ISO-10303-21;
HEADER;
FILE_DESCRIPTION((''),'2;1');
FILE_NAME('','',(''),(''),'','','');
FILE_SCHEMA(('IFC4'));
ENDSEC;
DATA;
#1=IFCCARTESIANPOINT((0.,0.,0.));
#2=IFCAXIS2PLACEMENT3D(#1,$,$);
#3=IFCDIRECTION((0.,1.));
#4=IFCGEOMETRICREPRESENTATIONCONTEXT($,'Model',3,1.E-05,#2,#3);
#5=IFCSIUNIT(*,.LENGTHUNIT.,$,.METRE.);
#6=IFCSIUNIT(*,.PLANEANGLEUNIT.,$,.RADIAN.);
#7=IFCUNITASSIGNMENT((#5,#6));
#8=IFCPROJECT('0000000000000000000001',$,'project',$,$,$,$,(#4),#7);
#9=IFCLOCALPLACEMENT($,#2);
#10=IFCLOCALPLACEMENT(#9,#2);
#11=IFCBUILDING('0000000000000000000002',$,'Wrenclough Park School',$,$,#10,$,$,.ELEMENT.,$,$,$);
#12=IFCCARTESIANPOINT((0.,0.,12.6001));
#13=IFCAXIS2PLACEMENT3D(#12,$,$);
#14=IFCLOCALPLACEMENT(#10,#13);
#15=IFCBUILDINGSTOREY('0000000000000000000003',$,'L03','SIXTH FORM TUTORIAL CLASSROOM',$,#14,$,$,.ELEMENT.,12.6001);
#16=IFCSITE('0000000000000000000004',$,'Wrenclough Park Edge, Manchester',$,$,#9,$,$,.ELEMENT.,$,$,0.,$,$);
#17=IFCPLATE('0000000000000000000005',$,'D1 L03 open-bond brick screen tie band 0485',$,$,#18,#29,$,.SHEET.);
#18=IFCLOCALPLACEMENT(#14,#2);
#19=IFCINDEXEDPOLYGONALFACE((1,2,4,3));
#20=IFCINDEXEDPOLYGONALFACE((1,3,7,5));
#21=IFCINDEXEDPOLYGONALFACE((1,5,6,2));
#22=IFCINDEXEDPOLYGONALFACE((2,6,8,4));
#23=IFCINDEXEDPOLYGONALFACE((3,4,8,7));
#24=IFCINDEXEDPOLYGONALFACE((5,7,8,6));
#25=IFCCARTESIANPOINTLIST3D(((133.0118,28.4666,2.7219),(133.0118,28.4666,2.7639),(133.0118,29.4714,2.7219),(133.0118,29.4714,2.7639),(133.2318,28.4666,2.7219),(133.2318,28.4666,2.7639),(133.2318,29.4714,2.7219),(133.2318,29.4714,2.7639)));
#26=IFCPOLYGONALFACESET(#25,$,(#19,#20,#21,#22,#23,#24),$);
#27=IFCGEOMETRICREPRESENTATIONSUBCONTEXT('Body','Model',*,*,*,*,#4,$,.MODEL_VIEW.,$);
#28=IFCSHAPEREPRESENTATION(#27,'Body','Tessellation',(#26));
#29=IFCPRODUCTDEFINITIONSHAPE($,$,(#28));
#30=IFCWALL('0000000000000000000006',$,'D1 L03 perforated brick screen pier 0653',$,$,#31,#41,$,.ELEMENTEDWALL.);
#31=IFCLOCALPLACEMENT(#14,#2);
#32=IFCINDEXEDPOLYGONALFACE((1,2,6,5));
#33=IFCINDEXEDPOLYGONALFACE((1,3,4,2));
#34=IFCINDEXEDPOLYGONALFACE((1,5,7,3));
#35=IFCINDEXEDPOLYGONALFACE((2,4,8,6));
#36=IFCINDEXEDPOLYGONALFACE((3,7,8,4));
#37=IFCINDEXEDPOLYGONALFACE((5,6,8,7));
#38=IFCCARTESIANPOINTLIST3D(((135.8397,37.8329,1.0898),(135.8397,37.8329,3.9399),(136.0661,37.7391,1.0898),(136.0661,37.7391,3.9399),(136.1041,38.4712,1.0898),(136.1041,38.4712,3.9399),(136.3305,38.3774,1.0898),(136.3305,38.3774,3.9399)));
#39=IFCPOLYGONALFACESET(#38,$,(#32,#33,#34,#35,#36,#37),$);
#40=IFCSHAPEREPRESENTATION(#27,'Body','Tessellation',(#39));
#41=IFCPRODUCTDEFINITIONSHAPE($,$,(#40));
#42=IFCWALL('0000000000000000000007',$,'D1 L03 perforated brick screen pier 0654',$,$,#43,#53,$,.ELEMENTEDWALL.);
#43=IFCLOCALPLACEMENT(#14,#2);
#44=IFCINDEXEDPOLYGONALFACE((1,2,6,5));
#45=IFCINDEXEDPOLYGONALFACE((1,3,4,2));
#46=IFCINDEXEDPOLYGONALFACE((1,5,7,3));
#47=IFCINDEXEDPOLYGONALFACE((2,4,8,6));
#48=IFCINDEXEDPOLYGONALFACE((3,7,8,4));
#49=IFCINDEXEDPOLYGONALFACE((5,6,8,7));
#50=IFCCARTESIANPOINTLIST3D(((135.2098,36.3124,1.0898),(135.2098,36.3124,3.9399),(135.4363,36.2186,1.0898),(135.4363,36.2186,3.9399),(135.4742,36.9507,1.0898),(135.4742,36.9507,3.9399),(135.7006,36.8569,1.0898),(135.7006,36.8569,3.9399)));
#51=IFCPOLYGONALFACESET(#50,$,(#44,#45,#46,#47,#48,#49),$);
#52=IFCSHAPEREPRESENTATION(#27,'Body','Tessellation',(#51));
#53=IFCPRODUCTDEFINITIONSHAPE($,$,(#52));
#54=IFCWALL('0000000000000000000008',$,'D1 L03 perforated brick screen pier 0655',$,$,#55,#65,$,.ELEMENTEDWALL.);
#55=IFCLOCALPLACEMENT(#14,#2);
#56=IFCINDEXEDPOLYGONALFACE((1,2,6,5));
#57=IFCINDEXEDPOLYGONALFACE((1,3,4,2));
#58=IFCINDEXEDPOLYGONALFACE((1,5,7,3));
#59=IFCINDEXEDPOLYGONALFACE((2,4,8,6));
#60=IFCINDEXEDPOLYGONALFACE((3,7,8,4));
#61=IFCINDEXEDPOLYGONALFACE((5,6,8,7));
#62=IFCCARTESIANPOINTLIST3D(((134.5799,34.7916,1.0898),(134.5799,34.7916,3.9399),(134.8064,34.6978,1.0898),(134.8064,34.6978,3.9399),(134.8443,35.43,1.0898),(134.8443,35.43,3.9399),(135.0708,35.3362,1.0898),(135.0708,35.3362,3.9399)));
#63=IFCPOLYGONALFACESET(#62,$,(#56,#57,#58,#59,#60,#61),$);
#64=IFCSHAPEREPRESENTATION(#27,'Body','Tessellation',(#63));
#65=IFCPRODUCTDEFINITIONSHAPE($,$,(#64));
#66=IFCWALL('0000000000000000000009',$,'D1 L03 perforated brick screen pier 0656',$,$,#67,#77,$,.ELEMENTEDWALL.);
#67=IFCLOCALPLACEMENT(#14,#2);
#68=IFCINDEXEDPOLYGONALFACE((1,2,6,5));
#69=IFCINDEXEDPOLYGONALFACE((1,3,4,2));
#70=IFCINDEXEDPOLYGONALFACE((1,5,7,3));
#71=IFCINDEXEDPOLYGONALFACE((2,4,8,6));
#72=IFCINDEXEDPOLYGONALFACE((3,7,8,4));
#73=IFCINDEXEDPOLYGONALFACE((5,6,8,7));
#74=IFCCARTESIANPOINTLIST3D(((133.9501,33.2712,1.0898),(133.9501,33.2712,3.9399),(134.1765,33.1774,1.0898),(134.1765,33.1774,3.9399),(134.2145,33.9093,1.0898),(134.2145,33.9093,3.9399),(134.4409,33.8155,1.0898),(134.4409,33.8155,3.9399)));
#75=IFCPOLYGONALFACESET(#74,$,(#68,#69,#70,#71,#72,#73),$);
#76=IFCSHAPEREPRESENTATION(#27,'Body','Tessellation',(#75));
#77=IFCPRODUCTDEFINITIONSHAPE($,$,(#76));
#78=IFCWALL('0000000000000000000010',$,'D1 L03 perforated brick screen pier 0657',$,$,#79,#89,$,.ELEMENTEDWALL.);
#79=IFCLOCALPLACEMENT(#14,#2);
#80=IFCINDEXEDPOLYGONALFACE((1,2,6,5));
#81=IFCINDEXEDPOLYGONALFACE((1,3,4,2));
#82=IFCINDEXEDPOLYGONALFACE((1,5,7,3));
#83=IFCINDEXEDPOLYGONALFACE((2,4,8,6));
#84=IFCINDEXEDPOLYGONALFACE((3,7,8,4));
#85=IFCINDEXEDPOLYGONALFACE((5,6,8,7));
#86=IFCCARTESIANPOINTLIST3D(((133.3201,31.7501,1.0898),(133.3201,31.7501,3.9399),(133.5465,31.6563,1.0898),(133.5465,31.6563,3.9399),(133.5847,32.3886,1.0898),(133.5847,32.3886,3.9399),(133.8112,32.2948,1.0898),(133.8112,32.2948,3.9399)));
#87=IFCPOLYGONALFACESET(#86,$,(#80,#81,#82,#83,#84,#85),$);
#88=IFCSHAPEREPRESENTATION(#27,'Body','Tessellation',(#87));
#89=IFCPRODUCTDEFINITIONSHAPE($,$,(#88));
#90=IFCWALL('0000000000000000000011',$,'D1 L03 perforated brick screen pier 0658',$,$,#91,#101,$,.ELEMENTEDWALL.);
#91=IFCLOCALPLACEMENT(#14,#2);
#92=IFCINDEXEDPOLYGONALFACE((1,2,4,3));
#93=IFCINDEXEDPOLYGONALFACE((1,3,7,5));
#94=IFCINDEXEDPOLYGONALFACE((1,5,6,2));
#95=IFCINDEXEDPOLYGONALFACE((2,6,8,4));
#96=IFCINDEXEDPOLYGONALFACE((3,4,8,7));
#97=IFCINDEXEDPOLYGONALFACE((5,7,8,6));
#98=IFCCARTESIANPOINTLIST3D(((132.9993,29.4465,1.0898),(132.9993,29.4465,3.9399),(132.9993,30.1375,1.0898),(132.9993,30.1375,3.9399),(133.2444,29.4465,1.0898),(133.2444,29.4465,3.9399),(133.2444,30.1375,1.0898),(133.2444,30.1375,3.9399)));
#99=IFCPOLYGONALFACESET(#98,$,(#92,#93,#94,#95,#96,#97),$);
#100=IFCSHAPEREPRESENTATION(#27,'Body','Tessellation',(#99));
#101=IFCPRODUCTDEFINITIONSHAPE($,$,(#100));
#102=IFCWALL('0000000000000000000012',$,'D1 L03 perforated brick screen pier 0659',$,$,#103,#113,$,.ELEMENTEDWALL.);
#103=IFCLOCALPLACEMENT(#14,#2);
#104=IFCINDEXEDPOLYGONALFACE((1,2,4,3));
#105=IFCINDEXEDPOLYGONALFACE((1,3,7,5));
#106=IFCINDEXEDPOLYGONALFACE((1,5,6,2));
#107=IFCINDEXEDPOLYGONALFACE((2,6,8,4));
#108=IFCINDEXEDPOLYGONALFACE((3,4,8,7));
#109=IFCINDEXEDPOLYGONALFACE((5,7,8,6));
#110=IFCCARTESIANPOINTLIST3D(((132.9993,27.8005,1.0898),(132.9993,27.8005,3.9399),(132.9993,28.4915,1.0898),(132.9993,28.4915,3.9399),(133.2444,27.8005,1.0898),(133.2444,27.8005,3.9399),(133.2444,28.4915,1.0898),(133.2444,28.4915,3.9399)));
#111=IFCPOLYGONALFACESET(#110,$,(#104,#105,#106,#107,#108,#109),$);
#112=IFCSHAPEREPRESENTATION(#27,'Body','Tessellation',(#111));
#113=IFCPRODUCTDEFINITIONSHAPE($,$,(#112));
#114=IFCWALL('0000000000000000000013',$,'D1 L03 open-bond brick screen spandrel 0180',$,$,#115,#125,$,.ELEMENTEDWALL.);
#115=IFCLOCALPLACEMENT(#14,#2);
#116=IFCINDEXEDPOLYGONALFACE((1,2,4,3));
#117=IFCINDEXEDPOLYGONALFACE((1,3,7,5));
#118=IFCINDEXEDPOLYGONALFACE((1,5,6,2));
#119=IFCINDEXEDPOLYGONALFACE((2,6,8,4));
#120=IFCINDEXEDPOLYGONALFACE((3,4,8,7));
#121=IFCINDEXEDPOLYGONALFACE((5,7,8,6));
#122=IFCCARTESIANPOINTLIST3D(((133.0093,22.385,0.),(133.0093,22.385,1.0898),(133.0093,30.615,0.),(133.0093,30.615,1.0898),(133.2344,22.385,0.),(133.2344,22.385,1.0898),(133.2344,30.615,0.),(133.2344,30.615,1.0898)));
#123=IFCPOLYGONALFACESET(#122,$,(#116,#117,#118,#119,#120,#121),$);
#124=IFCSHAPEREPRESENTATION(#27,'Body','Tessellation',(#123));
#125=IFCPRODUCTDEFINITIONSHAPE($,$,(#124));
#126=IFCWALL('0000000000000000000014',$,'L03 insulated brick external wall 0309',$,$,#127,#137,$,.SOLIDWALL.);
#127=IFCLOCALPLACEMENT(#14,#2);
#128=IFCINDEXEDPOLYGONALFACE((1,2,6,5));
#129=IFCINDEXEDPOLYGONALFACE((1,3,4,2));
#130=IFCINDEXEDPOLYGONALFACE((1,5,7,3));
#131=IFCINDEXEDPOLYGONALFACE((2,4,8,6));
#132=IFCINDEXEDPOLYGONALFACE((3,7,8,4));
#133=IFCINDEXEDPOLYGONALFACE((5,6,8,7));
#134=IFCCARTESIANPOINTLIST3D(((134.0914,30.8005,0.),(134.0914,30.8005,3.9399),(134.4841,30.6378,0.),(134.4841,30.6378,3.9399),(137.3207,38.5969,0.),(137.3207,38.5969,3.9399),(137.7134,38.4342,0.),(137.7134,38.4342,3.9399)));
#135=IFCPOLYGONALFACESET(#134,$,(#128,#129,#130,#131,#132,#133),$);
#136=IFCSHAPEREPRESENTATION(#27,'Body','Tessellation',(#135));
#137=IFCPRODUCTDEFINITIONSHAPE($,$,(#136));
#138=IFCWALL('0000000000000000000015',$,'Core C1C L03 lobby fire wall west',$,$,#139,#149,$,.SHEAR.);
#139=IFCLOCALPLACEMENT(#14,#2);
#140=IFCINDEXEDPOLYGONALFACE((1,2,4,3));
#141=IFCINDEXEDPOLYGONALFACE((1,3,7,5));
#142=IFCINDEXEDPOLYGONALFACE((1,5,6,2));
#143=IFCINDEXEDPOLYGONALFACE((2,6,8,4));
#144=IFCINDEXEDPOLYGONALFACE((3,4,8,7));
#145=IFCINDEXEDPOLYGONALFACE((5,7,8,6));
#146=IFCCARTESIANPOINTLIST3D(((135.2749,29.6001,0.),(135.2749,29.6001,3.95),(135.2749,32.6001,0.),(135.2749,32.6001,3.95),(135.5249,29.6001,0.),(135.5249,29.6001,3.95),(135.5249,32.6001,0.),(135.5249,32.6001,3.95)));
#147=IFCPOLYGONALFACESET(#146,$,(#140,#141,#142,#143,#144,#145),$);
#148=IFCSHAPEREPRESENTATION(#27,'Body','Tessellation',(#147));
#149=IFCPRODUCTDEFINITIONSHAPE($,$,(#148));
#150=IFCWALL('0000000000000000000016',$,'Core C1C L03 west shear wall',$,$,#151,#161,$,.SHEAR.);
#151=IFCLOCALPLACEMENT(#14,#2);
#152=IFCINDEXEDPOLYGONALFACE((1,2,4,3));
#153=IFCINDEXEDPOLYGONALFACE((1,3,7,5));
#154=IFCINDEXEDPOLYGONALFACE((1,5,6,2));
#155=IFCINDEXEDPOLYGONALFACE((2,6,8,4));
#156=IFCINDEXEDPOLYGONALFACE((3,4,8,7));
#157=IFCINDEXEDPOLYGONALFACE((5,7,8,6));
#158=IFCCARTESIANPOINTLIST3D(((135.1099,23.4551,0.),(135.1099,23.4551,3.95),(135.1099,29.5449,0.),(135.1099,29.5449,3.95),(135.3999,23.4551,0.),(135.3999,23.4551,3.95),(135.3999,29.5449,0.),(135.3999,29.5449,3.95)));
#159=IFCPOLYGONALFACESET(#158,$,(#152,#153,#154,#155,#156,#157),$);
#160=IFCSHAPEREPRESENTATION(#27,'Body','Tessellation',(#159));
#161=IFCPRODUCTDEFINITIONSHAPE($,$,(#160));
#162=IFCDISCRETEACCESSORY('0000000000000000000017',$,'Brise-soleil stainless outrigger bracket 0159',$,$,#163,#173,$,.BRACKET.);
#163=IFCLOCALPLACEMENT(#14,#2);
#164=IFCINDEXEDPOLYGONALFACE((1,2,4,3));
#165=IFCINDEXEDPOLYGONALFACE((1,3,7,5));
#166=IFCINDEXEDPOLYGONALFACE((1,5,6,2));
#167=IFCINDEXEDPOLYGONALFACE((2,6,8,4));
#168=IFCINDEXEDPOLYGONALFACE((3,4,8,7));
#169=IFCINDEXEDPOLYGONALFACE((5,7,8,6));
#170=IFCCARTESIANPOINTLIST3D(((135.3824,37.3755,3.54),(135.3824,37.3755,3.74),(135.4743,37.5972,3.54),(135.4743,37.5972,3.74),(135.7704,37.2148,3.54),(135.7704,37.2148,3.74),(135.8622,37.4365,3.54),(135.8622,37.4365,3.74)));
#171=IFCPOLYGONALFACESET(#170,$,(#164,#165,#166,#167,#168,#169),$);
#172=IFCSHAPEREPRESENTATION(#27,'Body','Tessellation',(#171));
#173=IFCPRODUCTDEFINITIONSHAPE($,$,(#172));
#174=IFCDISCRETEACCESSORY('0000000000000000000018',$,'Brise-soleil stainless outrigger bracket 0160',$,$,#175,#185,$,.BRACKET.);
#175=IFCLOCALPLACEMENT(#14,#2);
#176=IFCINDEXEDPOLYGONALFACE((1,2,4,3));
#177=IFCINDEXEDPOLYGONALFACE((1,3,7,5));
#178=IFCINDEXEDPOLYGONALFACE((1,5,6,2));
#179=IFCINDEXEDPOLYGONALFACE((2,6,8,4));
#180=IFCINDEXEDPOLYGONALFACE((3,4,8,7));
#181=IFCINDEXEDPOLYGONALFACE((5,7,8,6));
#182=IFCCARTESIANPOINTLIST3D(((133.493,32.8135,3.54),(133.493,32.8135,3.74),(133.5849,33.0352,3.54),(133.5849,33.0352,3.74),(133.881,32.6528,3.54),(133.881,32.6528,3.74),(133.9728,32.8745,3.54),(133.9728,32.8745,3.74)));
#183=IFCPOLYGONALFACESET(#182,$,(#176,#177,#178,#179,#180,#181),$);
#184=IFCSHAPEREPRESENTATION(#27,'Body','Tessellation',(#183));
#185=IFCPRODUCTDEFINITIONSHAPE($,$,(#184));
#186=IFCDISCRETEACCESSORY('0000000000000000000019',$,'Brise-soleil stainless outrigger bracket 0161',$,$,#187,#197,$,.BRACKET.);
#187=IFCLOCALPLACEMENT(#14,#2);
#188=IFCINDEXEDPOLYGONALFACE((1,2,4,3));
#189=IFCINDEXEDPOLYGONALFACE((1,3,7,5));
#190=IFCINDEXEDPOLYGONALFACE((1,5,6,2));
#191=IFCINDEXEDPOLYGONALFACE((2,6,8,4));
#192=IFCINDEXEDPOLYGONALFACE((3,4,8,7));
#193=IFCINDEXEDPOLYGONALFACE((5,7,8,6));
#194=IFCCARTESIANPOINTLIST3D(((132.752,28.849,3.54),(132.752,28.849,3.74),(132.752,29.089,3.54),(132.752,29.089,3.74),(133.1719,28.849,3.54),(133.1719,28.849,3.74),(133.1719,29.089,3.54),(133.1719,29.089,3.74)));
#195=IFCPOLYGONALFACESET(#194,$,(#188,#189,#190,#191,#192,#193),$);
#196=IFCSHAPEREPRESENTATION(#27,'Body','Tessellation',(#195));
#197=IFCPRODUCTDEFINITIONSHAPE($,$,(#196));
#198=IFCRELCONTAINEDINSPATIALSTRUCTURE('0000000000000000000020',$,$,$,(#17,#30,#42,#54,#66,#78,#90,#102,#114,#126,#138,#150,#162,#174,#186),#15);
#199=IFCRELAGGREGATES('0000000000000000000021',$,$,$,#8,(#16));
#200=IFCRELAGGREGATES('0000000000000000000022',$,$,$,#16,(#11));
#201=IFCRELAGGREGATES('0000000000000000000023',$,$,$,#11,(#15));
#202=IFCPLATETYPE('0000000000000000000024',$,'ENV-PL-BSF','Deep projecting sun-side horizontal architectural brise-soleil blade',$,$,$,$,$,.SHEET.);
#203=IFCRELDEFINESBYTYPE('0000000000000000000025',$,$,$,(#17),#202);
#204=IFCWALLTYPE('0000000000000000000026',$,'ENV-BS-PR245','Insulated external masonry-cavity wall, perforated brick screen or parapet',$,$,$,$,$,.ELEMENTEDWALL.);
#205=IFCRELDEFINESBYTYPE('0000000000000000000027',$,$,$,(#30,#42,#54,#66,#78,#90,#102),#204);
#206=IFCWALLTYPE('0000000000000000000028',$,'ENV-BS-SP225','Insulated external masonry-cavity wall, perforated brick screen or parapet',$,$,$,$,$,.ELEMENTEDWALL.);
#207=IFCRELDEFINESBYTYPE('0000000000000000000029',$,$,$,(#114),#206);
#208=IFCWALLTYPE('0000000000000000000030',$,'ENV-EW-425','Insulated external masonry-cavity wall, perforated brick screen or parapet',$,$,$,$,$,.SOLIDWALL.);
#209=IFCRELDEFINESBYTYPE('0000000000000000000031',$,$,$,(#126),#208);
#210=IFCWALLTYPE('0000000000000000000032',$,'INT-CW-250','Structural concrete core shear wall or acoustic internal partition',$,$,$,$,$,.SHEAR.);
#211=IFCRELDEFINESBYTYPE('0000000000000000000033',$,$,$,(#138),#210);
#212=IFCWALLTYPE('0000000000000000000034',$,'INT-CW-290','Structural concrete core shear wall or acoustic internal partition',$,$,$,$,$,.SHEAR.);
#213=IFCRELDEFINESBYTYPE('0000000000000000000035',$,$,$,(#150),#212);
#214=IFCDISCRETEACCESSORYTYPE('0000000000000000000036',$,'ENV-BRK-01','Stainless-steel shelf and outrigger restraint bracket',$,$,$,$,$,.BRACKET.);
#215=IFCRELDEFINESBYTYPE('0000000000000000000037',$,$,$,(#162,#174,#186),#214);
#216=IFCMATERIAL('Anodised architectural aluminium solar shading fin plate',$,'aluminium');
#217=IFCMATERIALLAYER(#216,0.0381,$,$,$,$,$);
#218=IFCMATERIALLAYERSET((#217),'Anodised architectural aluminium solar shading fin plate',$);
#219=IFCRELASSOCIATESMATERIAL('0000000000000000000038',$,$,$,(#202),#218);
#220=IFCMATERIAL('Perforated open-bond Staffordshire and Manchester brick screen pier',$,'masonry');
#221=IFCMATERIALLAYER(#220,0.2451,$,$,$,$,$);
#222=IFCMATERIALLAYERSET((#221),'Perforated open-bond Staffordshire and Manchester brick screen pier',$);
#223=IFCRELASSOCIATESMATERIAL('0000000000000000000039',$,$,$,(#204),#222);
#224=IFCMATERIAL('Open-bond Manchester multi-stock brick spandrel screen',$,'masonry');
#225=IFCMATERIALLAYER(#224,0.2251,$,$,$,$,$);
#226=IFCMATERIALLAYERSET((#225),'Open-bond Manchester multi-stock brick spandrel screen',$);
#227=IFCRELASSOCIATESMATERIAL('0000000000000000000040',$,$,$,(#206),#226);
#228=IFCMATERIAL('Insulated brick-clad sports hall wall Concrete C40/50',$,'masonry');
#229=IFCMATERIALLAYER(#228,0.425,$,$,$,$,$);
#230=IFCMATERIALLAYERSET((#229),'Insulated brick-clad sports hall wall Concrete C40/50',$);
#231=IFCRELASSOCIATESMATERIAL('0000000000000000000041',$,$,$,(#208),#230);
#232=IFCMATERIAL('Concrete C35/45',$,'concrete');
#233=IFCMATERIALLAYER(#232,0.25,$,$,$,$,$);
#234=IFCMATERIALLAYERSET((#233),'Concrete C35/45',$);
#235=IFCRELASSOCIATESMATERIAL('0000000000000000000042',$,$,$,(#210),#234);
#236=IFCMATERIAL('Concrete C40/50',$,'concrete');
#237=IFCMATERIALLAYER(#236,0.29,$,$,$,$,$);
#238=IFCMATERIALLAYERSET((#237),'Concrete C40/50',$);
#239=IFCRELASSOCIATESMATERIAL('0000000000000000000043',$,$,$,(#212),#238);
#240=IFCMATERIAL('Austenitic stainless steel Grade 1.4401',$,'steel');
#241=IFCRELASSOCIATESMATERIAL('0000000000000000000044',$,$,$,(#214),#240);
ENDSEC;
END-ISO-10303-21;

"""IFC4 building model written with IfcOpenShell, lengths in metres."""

from ifc_helpers import new_model, si_unit, direction, frame, frame_2d, origin, origin_2d, place, context, subcontext, project, spatial, rectangle, extrude, material, layer, layer_set, type_object, element, save


model = new_model("IFC4")

# Units and contexts
model_context = context("Model", 3, precision=1e-05, world=origin(), true_north=direction((0.0, 1.0)))
body_context = subcontext(model_context, "Body", "Model", "MODEL_VIEW")
ifc_project = project(units=[si_unit("LENGTHUNIT", "METRE"), si_unit("PLANEANGLEUNIT", "RADIAN")], contexts=[model_context])

# Site, building, storey
site_placement = place(None, origin())
site = spatial("IfcSite", under=ifc_project, at=site_placement, Name="Wrenclough Park Edge, Manchester", CompositionType="ELEMENT", RefElevation=0.0)
building_placement = place(site_placement, origin())
building = spatial("IfcBuilding", under=site, at=building_placement, Name="Wrenclough Park School", CompositionType="ELEMENT")
storey_placement = place(building_placement, frame((0.0, 0.0, 12.6001)))
storey = spatial("IfcBuildingStorey", under=building, at=storey_placement, Name="L03", Description="SIXTH FORM TUTORIAL CLASSROOM", CompositionType="ELEMENT", Elevation=12.6001)

# Shared definitions
ifc_material_1 = material(Name="Concrete C40/50", Category="concrete")

# Plate
ifc_material_2 = material(Name="Anodised architectural aluminium solar shading fin plate", Category="aluminium")
ifc_layer_1 = layer(ifc_material_2, 0.0381)
ifc_layer_set_1 = layer_set([ifc_layer_1], Name="Anodised architectural aluminium solar shading fin plate")
plate_type = type_object("IfcPlateType", Name="ENV-PL-BSF", Description="Deep projecting sun-side horizontal architectural brise-soleil blade", PredefinedType="SHEET", material=ifc_layer_set_1)
plate_1_placement = place(storey_placement, frame((133.1218, 28.969, 2.7219), z_axis=(0.0, 0.0, 1.0), x_axis=(0.0, -1.0, 0.0)))
element("IfcPlate", 1, at=plate_1_placement, inside=storey, type_object=plate_type, Name="D1 L03 open-bond brick screen tie band 0485", PredefinedType="SHEET", context=body_context, shape_type="SweptSolid", body=[
    extrude(rectangle(XDim=1.0049, YDim=0.22, at=origin_2d()), origin(), (0.0, 0.0, 1.0), 0.042),
])

# Walls
ifc_material_3 = material(Name="Perforated open-bond Staffordshire and Manchester brick screen pier", Category="masonry")
ifc_layer_2 = layer(ifc_material_3, 0.2451)
ifc_layer_set_2 = layer_set([ifc_layer_2], Name="Perforated open-bond Staffordshire and Manchester brick screen pier")
wall_type_1 = type_object("IfcWallType", Name="ENV-BS-PR245", Description="Insulated external masonry-cavity wall, perforated brick screen or parapet", PredefinedType="ELEMENTEDWALL", material=ifc_layer_set_2)
for number, where, z_axis, x_axis, name in (
    (2, (136.2173, 38.4243, 1.0898), (0.0, 0.0, 1.0), (-0.382633, -0.923901, 0.0), "D1 L03 perforated brick screen pier 0653"),
    (3, (135.5874, 36.9038, 1.0898), (0.0, 0.0, 1.0), (-0.382633, -0.923901, 0.0), "D1 L03 perforated brick screen pier 0654"),
    (4, (134.9575, 35.3831, 1.0898), (0.0, 0.0, 1.0), (-0.382633, -0.923901, 0.0), "D1 L03 perforated brick screen pier 0655"),
):
    element("IfcWall", number, at=place(storey_placement, frame(where, z_axis=z_axis, x_axis=x_axis)), inside=storey, type_object=wall_type_1, Name=name, PredefinedType="ELEMENTEDWALL", context=body_context, shape_type="SweptSolid", body=[
        extrude(rectangle(XDim=0.6909, YDim=0.2451, at=frame_2d((0.3455, 0.0))), origin(), (0.0, 0.0, 1.0), 2.8501),
    ])
wall_1_placement = place(storey_placement, frame((134.3276, 33.8623, 1.0898), z_axis=(0.0, 0.0, 1.0), x_axis=(-0.382758, -0.923849, 0.0)))
element("IfcWall", 5, at=wall_1_placement, inside=storey, type_object=wall_type_1, Name="D1 L03 perforated brick screen pier 0656", PredefinedType="ELEMENTEDWALL", context=body_context, shape_type="SweptSolid", body=[
    extrude(rectangle(XDim=0.6907, YDim=0.2451, at=frame_2d((0.3452, 0.0))), origin(), (0.0, 0.0, 1.0), 2.8501),
])
wall_2_placement = place(storey_placement, frame((133.698, 32.3418, 1.0898), z_axis=(0.0, 0.0, 1.0), x_axis=(-0.382934, -0.923776, 0.0)))
element("IfcWall", 6, at=wall_2_placement, inside=storey, type_object=wall_type_1, Name="D1 L03 perforated brick screen pier 0657", PredefinedType="ELEMENTEDWALL", context=body_context, shape_type="SweptSolid", body=[
    extrude(rectangle(XDim=0.6912, YDim=0.2451, at=frame_2d((0.3457, 0.0))), origin(), (0.0, 0.0, 1.0), 2.8501),
])
for number, where, z_axis, x_axis, name in (
    (7, (133.1218, 30.1375, 1.0898), (0.0, 0.0, 1.0), (0.0, -1.0, 0.0), "D1 L03 perforated brick screen pier 0658"),
    (8, (133.1218, 28.4915, 1.0898), (0.0, 0.0, 1.0), (0.0, -1.0, 0.0), "D1 L03 perforated brick screen pier 0659"),
):
    element("IfcWall", number, at=place(storey_placement, frame(where, z_axis=z_axis, x_axis=x_axis)), inside=storey, type_object=wall_type_1, Name=name, PredefinedType="ELEMENTEDWALL", context=body_context, shape_type="SweptSolid", body=[
        extrude(rectangle(XDim=0.6909, YDim=0.2451, at=frame_2d((0.3455, 0.0))), origin(), (0.0, 0.0, 1.0), 2.8501),
    ])
ifc_material_4 = material(Name="Open-bond Manchester multi-stock brick spandrel screen", Category="masonry")
ifc_layer_3 = layer(ifc_material_4, 0.2251)
ifc_layer_set_3 = layer_set([ifc_layer_3], Name="Open-bond Manchester multi-stock brick spandrel screen")
wall_type_2 = type_object("IfcWallType", Name="ENV-BS-SP225", Description="Insulated external masonry-cavity wall, perforated brick screen or parapet", PredefinedType="ELEMENTEDWALL", material=ifc_layer_set_3)
wall_3_placement = place(storey_placement, frame((133.1218, 30.615, 0.0), z_axis=(0.0, 0.0, 1.0), x_axis=(0.0, -1.0, 0.0)))
element("IfcWall", 9, at=wall_3_placement, inside=storey, type_object=wall_type_2, Name="D1 L03 open-bond brick screen spandrel 0180", PredefinedType="ELEMENTEDWALL", context=body_context, shape_type="SweptSolid", body=[
    extrude(rectangle(XDim=8.23, YDim=0.2251, at=frame_2d((4.115, 0.0))), origin(), (0.0, 0.0, 1.0), 1.0898),
])
ifc_material_5 = material(Name="Insulated brick-clad sports hall wall Concrete C40/50", Category="masonry")
ifc_layer_4 = layer(ifc_material_5, 0.425)
ifc_layer_set_4 = layer_set([ifc_layer_4], Name="Insulated brick-clad sports hall wall Concrete C40/50")
wall_type_3 = type_object("IfcWallType", Name="ENV-EW-425", Description="Insulated external masonry-cavity wall, perforated brick screen or parapet", PredefinedType="SOLIDWALL", material=ifc_layer_set_4)
wall_4_placement = place(storey_placement, frame((134.2878, 30.7192, 0.0), z_axis=(0.0, 0.0, 1.0), x_axis=(0.382671, 0.923885, 0.0)))
element("IfcWall", 10, at=wall_4_placement, inside=storey, type_object=wall_type_3, Name="L03 insulated brick external wall 0309", PredefinedType="SOLIDWALL", context=body_context, shape_type="SweptSolid", body=[
    extrude(rectangle(XDim=8.4387, YDim=0.425, at=frame_2d((4.2192, 0.0))), origin(), (0.0, 0.0, 1.0), 3.9399),
])
ifc_material_6 = material(Name="Concrete C35/45", Category="concrete")
ifc_layer_5 = layer(ifc_material_6, 0.25)
ifc_layer_set_5 = layer_set([ifc_layer_5], Name="Concrete C35/45")
wall_type_4 = type_object("IfcWallType", Name="INT-CW-250", Description="Structural concrete core shear wall or acoustic internal partition", PredefinedType="SHEAR", material=ifc_layer_set_5)
wall_5_placement = place(storey_placement, frame((135.3999, 32.6001, 0.0), z_axis=(0.0, 0.0, 1.0), x_axis=(0.0, -1.0, 0.0)))
element("IfcWall", 11, at=wall_5_placement, inside=storey, type_object=wall_type_4, Name="Core C1C L03 lobby fire wall west", PredefinedType="SHEAR", context=body_context, shape_type="SweptSolid", body=[
    extrude(rectangle(XDim=3.0, YDim=0.25, at=frame_2d((1.5, 0.0))), origin(), (0.0, 0.0, 1.0), 3.95),
])
ifc_layer_6 = layer(ifc_material_1, 0.29)
ifc_layer_set_6 = layer_set([ifc_layer_6], Name="Concrete C40/50")
wall_type_5 = type_object("IfcWallType", Name="INT-CW-290", Description="Structural concrete core shear wall or acoustic internal partition", PredefinedType="SHEAR", material=ifc_layer_set_6)
wall_6_placement = place(storey_placement, frame((135.2549, 29.5449, 0.0), z_axis=(0.0, 0.0, 1.0), x_axis=(0.0, -1.0, 0.0)))
element("IfcWall", 12, at=wall_6_placement, inside=storey, type_object=wall_type_5, Name="Core C1C L03 west shear wall", PredefinedType="SHEAR", context=body_context, shape_type="SweptSolid", body=[
    extrude(rectangle(XDim=6.0898, YDim=0.29, at=frame_2d((3.0449, 0.0))), origin(), (0.0, 0.0, 1.0), 3.95),
])

# Discrete accessories
ifc_material_7 = material(Name="Austenitic stainless steel Grade 1.4401", Category="steel")
discrete_accessory_type = type_object("IfcDiscreteAccessoryType", Name="ENV-BRK-01", Description="Stainless-steel shelf and outrigger restraint bracket", PredefinedType="BRACKET", material=ifc_material_7)
for number, where, z_axis, x_axis, name in (
    (13, (135.6223, 37.406, 3.54), (0.0, 0.0, 1.0), (-0.382684, -0.923879, 0.0), "Brise-soleil stainless outrigger bracket 0159"),
    (14, (133.7329, 32.844, 3.54), (0.0, 0.0, 1.0), (-0.382684, -0.923879, 0.0), "Brise-soleil stainless outrigger bracket 0160"),
    (15, (132.9619, 28.969, 3.54), (0.0, 0.0, 1.0), (0.0, -1.0, 0.0), "Brise-soleil stainless outrigger bracket 0161"),
):
    element("IfcDiscreteAccessory", number, at=place(storey_placement, frame(where, z_axis=z_axis, x_axis=x_axis)), inside=storey, type_object=discrete_accessory_type, Name=name, PredefinedType="BRACKET", context=body_context, shape_type="SweptSolid", body=[
        extrude(rectangle(XDim=0.24, YDim=0.4199, at=origin_2d()), origin(), (0.0, 0.0, 1.0), 0.2),
    ])

save(model, "model.ifc")
